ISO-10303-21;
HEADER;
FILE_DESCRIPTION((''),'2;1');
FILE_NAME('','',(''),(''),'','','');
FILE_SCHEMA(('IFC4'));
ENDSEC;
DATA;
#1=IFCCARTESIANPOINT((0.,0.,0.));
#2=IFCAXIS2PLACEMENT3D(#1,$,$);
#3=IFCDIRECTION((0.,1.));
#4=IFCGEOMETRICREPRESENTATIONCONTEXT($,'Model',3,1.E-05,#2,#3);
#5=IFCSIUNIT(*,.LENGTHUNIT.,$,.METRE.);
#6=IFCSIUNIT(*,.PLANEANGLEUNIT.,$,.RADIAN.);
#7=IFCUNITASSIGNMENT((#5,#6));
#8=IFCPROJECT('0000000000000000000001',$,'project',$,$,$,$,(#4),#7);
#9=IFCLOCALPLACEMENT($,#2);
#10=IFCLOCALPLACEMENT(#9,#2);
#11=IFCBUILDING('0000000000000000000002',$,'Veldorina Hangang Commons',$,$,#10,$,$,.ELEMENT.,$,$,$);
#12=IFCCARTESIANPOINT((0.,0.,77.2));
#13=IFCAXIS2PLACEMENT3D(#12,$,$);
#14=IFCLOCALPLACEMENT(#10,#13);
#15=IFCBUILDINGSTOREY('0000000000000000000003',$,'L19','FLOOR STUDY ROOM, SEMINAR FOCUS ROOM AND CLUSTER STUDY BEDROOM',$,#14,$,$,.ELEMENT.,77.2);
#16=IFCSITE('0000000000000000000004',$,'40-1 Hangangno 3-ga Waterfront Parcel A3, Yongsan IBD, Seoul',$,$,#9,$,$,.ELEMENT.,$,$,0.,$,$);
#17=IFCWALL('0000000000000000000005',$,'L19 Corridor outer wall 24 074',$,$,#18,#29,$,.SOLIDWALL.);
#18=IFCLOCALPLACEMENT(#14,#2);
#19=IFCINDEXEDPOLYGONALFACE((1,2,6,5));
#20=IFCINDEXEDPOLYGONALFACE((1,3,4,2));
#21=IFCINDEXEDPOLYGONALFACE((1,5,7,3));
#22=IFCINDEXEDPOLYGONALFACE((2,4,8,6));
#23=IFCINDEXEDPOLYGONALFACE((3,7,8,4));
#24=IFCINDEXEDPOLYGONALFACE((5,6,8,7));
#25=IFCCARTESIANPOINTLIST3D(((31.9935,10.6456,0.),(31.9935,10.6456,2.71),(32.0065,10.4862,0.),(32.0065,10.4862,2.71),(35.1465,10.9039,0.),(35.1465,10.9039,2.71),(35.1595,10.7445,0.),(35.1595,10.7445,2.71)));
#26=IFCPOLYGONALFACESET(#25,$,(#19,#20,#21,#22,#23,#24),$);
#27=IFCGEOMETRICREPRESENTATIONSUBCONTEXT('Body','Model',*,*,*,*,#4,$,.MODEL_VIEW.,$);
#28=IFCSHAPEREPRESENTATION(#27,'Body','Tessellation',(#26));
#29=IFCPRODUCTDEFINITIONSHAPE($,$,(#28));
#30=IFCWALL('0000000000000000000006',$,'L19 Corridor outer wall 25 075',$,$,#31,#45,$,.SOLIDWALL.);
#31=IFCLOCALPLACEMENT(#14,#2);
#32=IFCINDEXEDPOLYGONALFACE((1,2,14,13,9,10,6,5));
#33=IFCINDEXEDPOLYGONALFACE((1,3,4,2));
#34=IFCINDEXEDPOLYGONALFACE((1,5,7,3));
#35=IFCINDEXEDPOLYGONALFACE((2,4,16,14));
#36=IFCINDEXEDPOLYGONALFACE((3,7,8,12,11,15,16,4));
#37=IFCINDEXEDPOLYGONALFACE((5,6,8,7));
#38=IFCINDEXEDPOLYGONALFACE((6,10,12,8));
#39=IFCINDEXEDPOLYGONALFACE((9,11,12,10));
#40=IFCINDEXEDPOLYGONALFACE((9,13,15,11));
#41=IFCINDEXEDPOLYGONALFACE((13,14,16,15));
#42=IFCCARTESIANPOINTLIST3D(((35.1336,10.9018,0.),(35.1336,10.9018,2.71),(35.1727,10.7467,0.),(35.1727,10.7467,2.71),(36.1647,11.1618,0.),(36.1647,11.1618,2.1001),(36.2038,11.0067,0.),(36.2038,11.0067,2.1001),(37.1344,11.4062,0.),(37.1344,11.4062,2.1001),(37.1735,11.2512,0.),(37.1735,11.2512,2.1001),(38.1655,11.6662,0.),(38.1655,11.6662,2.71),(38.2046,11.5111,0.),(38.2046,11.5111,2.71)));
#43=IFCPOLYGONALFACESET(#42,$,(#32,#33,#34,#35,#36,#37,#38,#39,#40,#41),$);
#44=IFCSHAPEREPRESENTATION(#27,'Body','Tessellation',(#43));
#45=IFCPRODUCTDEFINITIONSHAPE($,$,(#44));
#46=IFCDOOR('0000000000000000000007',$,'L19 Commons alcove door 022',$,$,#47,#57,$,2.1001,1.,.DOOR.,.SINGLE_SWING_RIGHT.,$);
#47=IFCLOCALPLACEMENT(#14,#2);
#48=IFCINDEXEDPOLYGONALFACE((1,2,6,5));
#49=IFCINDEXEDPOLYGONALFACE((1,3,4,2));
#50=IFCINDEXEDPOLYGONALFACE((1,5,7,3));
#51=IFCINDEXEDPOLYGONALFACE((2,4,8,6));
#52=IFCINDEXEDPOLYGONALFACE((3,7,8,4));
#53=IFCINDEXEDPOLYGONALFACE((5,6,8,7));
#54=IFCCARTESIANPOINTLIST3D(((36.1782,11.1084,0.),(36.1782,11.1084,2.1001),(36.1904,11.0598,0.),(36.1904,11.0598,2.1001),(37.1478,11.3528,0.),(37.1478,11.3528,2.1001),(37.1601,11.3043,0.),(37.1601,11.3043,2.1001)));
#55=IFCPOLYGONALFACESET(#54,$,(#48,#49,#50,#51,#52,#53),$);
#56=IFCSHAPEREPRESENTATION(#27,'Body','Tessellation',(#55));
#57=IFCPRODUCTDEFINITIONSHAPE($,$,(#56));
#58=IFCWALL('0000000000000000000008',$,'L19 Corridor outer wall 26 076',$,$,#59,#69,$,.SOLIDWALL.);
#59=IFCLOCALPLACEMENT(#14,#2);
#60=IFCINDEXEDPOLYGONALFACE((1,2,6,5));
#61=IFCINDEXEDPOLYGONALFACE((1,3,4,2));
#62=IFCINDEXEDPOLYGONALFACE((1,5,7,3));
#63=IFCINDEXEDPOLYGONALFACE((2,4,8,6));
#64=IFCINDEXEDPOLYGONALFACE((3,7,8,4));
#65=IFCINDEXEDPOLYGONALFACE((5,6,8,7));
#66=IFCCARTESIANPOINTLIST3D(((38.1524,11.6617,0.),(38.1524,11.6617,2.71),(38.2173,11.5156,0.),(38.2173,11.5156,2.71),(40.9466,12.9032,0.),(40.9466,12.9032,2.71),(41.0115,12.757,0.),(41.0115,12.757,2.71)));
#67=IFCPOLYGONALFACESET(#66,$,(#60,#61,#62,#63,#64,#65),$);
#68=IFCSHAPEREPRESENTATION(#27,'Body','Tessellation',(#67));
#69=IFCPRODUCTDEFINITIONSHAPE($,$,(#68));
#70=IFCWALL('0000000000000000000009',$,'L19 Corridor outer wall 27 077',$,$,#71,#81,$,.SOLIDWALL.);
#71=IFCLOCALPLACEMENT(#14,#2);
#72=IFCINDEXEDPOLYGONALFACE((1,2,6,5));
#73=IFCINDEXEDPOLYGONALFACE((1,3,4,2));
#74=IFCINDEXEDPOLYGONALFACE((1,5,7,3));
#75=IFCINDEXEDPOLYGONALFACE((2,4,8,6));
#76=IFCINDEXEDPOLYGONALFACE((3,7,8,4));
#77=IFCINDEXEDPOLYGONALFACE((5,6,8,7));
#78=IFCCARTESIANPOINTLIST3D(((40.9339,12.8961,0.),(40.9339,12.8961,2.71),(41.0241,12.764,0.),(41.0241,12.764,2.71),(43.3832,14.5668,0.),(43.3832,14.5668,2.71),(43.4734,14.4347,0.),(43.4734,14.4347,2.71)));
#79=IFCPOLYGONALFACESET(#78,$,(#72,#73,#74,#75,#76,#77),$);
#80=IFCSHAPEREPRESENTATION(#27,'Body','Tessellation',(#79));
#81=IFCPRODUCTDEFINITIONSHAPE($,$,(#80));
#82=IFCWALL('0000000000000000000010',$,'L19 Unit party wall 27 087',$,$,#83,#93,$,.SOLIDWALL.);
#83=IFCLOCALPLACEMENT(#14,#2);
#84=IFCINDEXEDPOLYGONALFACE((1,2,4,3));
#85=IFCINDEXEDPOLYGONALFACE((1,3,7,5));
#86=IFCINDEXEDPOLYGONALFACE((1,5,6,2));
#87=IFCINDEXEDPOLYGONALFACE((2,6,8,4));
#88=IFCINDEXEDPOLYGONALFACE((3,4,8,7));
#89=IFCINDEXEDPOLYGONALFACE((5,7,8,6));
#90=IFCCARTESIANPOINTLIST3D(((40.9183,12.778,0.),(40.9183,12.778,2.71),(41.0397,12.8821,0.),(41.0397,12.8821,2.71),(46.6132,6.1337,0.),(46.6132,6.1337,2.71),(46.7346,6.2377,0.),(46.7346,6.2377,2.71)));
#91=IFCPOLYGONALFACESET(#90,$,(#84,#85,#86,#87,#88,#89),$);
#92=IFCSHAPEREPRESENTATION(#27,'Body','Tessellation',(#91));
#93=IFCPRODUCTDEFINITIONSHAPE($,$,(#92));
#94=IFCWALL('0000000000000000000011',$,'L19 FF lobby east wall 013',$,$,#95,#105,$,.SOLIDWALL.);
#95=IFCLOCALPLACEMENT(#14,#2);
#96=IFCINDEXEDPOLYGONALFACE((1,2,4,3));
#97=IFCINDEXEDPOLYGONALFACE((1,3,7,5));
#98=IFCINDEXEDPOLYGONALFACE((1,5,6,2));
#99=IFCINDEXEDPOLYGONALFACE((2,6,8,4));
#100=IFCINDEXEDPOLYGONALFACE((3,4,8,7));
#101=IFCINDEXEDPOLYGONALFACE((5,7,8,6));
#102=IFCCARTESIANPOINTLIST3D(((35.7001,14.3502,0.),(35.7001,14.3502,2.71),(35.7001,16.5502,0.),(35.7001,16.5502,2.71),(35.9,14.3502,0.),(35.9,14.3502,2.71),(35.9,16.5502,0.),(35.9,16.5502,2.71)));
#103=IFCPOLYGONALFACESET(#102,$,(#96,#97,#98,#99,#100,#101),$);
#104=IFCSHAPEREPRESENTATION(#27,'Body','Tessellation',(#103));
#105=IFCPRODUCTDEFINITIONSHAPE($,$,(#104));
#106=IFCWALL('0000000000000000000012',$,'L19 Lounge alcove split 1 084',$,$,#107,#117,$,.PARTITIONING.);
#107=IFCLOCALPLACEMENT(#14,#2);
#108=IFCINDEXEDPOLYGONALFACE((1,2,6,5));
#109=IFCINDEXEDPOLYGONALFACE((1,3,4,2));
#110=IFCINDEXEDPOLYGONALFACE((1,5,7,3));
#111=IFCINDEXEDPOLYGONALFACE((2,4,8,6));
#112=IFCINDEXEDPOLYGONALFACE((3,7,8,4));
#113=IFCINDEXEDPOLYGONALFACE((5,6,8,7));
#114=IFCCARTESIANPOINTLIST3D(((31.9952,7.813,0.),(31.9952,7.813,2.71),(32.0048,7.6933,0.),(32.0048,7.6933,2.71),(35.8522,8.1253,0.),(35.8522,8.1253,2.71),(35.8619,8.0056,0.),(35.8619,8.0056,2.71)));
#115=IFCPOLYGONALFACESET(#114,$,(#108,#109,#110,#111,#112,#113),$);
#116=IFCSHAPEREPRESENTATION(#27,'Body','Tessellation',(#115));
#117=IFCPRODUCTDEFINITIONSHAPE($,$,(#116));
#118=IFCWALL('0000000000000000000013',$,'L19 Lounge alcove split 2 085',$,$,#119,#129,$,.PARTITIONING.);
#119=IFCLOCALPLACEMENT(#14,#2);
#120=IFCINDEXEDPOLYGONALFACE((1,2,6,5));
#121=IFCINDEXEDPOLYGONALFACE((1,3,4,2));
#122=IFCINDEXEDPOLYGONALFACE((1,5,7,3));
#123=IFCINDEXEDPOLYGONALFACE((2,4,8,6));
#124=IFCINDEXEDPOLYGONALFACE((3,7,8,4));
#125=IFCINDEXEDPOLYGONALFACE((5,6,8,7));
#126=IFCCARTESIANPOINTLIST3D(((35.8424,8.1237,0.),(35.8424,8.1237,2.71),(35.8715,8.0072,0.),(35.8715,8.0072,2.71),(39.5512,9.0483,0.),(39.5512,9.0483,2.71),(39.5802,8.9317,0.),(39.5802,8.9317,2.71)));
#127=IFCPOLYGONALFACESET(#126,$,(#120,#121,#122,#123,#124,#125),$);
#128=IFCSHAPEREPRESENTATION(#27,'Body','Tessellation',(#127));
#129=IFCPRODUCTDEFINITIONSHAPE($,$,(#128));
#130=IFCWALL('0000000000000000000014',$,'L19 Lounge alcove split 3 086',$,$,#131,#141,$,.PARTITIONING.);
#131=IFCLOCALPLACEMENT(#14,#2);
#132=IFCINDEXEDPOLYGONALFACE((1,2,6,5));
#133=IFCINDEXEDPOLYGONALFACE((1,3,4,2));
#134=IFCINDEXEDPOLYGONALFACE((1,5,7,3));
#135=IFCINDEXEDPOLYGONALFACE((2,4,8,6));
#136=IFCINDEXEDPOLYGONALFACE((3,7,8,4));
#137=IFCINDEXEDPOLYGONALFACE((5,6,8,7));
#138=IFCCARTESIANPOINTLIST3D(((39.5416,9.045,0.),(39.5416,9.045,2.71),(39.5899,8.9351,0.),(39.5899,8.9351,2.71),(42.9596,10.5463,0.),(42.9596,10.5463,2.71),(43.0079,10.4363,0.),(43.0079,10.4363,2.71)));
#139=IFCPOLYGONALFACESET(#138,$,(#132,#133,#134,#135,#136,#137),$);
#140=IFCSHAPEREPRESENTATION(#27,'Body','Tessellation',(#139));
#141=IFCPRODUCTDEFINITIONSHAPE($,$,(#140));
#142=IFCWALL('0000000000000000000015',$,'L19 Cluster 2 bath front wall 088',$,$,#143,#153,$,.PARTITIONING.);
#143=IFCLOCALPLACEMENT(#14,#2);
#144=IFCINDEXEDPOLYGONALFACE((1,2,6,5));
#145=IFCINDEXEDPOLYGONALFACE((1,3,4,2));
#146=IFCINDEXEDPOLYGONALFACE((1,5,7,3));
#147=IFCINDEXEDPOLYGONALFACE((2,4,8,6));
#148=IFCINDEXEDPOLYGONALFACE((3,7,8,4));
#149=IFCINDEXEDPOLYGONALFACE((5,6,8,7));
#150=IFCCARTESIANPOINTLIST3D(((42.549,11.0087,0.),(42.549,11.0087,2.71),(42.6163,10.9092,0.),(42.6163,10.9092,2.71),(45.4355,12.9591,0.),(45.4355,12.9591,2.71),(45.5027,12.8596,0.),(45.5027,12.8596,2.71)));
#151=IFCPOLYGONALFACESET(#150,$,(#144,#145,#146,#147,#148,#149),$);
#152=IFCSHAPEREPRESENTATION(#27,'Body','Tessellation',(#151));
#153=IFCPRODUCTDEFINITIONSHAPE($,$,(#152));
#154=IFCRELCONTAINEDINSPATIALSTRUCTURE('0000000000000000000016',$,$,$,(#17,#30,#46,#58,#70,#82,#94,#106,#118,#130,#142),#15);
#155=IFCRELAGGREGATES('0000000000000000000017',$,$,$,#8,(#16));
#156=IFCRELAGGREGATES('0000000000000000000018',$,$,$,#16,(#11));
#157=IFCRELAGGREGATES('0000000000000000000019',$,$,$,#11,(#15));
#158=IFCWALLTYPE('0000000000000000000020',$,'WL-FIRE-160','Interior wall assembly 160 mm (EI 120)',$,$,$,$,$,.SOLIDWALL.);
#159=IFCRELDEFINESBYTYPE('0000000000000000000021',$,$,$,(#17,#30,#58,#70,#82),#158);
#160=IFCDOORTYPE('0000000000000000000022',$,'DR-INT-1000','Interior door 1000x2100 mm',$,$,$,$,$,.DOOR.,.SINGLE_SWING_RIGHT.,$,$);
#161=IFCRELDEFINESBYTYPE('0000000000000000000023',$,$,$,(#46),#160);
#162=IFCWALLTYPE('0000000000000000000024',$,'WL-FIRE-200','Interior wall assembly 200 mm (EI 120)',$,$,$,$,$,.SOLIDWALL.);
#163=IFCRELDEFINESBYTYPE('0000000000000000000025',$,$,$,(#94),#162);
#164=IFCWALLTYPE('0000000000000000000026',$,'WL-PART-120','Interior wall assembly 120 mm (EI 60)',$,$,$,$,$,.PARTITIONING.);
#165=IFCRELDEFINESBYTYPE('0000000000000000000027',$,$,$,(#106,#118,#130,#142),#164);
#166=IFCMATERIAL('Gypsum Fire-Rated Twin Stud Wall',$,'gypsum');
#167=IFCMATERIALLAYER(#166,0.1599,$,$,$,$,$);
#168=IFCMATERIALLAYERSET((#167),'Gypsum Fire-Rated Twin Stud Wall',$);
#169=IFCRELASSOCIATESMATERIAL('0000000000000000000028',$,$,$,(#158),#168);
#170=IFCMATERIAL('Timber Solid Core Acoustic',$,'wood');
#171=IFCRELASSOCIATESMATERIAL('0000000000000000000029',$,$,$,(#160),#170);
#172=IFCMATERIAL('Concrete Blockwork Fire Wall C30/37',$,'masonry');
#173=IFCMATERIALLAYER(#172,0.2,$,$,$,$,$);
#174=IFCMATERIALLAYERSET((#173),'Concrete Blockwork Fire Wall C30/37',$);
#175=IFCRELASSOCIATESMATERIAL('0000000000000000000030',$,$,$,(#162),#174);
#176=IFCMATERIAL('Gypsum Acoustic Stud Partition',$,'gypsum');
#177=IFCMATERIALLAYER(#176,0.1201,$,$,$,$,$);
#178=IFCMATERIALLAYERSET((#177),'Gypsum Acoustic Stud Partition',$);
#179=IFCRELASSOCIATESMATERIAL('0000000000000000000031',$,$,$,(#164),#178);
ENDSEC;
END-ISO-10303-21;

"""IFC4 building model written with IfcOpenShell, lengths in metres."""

from ifc_helpers import new_model, si_unit, direction, frame, frame_2d, origin, place, context, subcontext, project, spatial, rectangle, extrude, material, layer, layer_set, type_object, element, fill, save


model = new_model("IFC4")

# Units and contexts
model_context = context("Model", 3, precision=1e-05, world=origin(), true_north=direction((0.0, 1.0)))
body_context = subcontext(model_context, "Body", "Model", "MODEL_VIEW")
ifc_project = project(units=[si_unit("LENGTHUNIT", "METRE"), si_unit("PLANEANGLEUNIT", "RADIAN")], contexts=[model_context])

# Site, building, storey
site_placement = place(None, origin())
site = spatial("IfcSite", under=ifc_project, at=site_placement, Name="40-1 Hangangno 3-ga Waterfront Parcel A3, Yongsan IBD, Seoul", CompositionType="ELEMENT", RefElevation=0.0)
building_placement = place(site_placement, origin())
building = spatial("IfcBuilding", under=site, at=building_placement, Name="Veldorina Hangang Commons", CompositionType="ELEMENT")
storey_placement = place(building_placement, frame((0.0, 0.0, 77.2)))
storey = spatial("IfcBuildingStorey", under=building, at=storey_placement, Name="L19", Description="FLOOR STUDY ROOM, SEMINAR FOCUS ROOM AND CLUSTER STUDY BEDROOM", CompositionType="ELEMENT", Elevation=77.2)

# Wall
ifc_material_1 = material(Name="Gypsum Fire-Rated Twin Stud Wall", Category="gypsum")
ifc_layer_1 = layer(ifc_material_1, 0.1599)
ifc_layer_set_1 = layer_set([ifc_layer_1], Name="Gypsum Fire-Rated Twin Stud Wall")
wall_type_1 = type_object("IfcWallType", Name="WL-FIRE-160", Description="Interior wall assembly 160 mm (EI 120)", PredefinedType="SOLIDWALL", material=ifc_layer_set_1)
wall_1_placement = place(storey_placement, frame((32.0, 10.5659, 0.0), z_axis=(0.0, 0.0, 1.0), x_axis=(0.996661, 0.081647, 0.0)))
element("IfcWall", 1, at=wall_1_placement, inside=storey, type_object=wall_type_1, Name="L19 Corridor outer wall 24 074", PredefinedType="SOLIDWALL", context=body_context, shape_type="SweptSolid", body=[
    extrude(rectangle(XDim=3.1636, YDim=0.1599, at=frame_2d((1.5818, 0.0))), origin(), (0.0, 0.0, 1.0), 2.71),
])

# Wall, opening, door
wall_2_placement = place(storey_placement, frame((35.1531, 10.8242, 0.0), z_axis=(0.0, 0.0, 1.0), x_axis=(0.969654, 0.244483, 0.0)))
wall_2 = element("IfcWall", 2, at=wall_2_placement, inside=storey, type_object=wall_type_1, Name="L19 Corridor outer wall 25 075", PredefinedType="SOLIDWALL", context=body_context, shape_type="SweptSolid", body=[
    extrude(rectangle(XDim=3.1267, YDim=0.1599, at=frame_2d((1.5635, 0.0))), origin(), (0.0, 0.0, 1.0), 2.71),
])
opening_placement = place(wall_2_placement, frame((1.0635, 0.0, 0.0)))
opening = element("IfcOpeningElement", 3, at=opening_placement, cuts=wall_2, PredefinedType="OPENING", context=body_context, shape_type="SweptSolid", body=[
    extrude(rectangle(XDim=1.0, YDim=2.1001, at=frame_2d((0.5, 1.05))), frame((0.0, 0.0898, 0.0), z_axis=(0.0, -1.0, 0.0), x_axis=(1.0, 0.0, 0.0)), (0.0, 0.0, 1.0), 0.1799),
])
ifc_material_2 = material(Name="Timber Solid Core Acoustic", Category="wood")
door_type = type_object("IfcDoorType", Name="DR-INT-1000", Description="Interior door 1000x2100 mm", OperationType="SINGLE_SWING_RIGHT", PredefinedType="DOOR", material=ifc_material_2)
door_placement = place(opening_placement, origin())
door = element("IfcDoor", 4, at=door_placement, inside=storey, type_object=door_type, Name="L19 Commons alcove door 022", OperationType="SINGLE_SWING_RIGHT", OverallHeight=2.1001, OverallWidth=1.0, PredefinedType="DOOR", context=body_context, shape_type="SweptSolid", body=[
    extrude(rectangle(XDim=1.0, YDim=2.1001, at=frame_2d((0.5, 1.05))), frame((0.0, 0.0249, 0.0), z_axis=(0.0, -1.0, 0.0), x_axis=(1.0, 0.0, 0.0)), (0.0, 0.0, 1.0), 0.05),
])
fill(opening, door)

# Walls
wall_3_placement = place(storey_placement, frame((38.1848, 11.5886, 0.0), z_axis=(0.0, 0.0, 1.0), x_axis=(0.913861, 0.406027, 0.0)))
element("IfcWall", 5, at=wall_3_placement, inside=storey, type_object=wall_type_1, Name="L19 Corridor outer wall 26 076", PredefinedType="SOLIDWALL", context=body_context, shape_type="SweptSolid", body=[
    extrude(rectangle(XDim=3.0576, YDim=0.1599, at=frame_2d((1.5288, 0.0))), origin(), (0.0, 0.0, 1.0), 2.71),
])
wall_4_placement = place(storey_placement, frame((40.979, 12.8301, 0.0), z_axis=(0.0, 0.0, 1.0), x_axis=(0.826112, 0.563505, 0.0)))
element("IfcWall", 6, at=wall_4_placement, inside=storey, type_object=wall_type_1, Name="L19 Corridor outer wall 27 077", PredefinedType="SOLIDWALL", context=body_context, shape_type="SweptSolid", body=[
    extrude(rectangle(XDim=2.9648, YDim=0.1599, at=frame_2d((1.4824, 0.0))), origin(), (0.0, 0.0, 1.0), 2.71),
])
wall_5_placement = place(storey_placement, frame((40.979, 12.8301, 0.0), z_axis=(0.0, 0.0, 1.0), x_axis=(0.650773, -0.759272, 0.0)))
element("IfcWall", 7, at=wall_5_placement, inside=storey, type_object=wall_type_1, Name="L19 Unit party wall 27 087", PredefinedType="SOLIDWALL", context=body_context, shape_type="SweptSolid", body=[
    extrude(rectangle(XDim=8.751, YDim=0.1599, at=frame_2d((4.3755, 0.0))), origin(), (0.0, 0.0, 1.0), 2.71),
])
ifc_material_3 = material(Name="Concrete Blockwork Fire Wall C30/37", Category="masonry")
ifc_layer_2 = layer(ifc_material_3, 0.2)
ifc_layer_set_2 = layer_set([ifc_layer_2], Name="Concrete Blockwork Fire Wall C30/37")
wall_type_2 = type_object("IfcWallType", Name="WL-FIRE-200", Description="Interior wall assembly 200 mm (EI 120)", PredefinedType="SOLIDWALL", material=ifc_layer_set_2)
wall_6_placement = place(storey_placement, frame((35.8, 14.3501, 0.0), z_axis=(0.0, 0.0, 1.0), x_axis=(0.0, 1.0, 0.0)))
element("IfcWall", 8, at=wall_6_placement, inside=storey, type_object=wall_type_2, Name="L19 FF lobby east wall 013", PredefinedType="SOLIDWALL", context=body_context, shape_type="SweptSolid", body=[
    extrude(rectangle(XDim=2.2, YDim=0.2, at=frame_2d((1.1001, 0.0))), origin(), (0.0, 0.0, 1.0), 2.71),
])
ifc_material_4 = material(Name="Gypsum Acoustic Stud Partition", Category="gypsum")
ifc_layer_3 = layer(ifc_material_4, 0.1201)
ifc_layer_set_3 = layer_set([ifc_layer_3], Name="Gypsum Acoustic Stud Partition")
wall_type_3 = type_object("IfcWallType", Name="WL-PART-120", Description="Interior wall assembly 120 mm (EI 60)", PredefinedType="PARTITIONING", material=ifc_layer_set_3)
wall_7_placement = place(storey_placement, frame((32.0, 7.7532, 0.0), z_axis=(0.0, 0.0, 1.0), x_axis=(0.996739, 0.080696, 0.0)))
element("IfcWall", 9, at=wall_7_placement, inside=storey, type_object=wall_type_3, Name="L19 Lounge alcove split 1 084", PredefinedType="PARTITIONING", context=body_context, shape_type="SweptSolid", body=[
    extrude(rectangle(XDim=3.8696, YDim=0.1201, at=frame_2d((1.9348, 0.0))), origin(), (0.0, 0.0, 1.0), 2.71),
])
wall_8_placement = place(storey_placement, frame((35.8569, 8.0654, 0.0), z_axis=(0.0, 0.0, 1.0), x_axis=(0.970304, 0.241889, 0.0)))
element("IfcWall", 10, at=wall_8_placement, inside=storey, type_object=wall_type_3, Name="L19 Lounge alcove split 2 085", PredefinedType="PARTITIONING", context=body_context, shape_type="SweptSolid", body=[
    extrude(rectangle(XDim=3.8223, YDim=0.1201, at=frame_2d((1.9111, 0.0))), origin(), (0.0, 0.0, 1.0), 2.71),
])
wall_9_placement = place(storey_placement, frame((39.5657, 8.99, 0.0), z_axis=(0.0, 0.0, 1.0), x_axis=(0.91558, 0.402136, 0.0)))
element("IfcWall", 11, at=wall_9_placement, inside=storey, type_object=wall_type_3, Name="L19 Lounge alcove split 3 086", PredefinedType="PARTITIONING", context=body_context, shape_type="SweptSolid", body=[
    extrude(rectangle(XDim=3.7332, YDim=0.1201, at=frame_2d((1.8667, 0.0))), origin(), (0.0, 0.0, 1.0), 2.71),
])
wall_10_placement = place(storey_placement, frame((42.5828, 10.959, 0.0), z_axis=(0.0, 0.0, 1.0), x_axis=(0.828573, 0.559881, 0.0)))
element("IfcWall", 12, at=wall_10_placement, inside=storey, type_object=wall_type_3, Name="L19 Cluster 2 bath front wall 088", PredefinedType="PARTITIONING", context=body_context, shape_type="SweptSolid", body=[
    extrude(rectangle(XDim=3.4836, YDim=0.1201, at=frame_2d((1.7417, 0.0))), origin(), (0.0, 0.0, 1.0), 2.71),
])

save(model, "model.ifc")
